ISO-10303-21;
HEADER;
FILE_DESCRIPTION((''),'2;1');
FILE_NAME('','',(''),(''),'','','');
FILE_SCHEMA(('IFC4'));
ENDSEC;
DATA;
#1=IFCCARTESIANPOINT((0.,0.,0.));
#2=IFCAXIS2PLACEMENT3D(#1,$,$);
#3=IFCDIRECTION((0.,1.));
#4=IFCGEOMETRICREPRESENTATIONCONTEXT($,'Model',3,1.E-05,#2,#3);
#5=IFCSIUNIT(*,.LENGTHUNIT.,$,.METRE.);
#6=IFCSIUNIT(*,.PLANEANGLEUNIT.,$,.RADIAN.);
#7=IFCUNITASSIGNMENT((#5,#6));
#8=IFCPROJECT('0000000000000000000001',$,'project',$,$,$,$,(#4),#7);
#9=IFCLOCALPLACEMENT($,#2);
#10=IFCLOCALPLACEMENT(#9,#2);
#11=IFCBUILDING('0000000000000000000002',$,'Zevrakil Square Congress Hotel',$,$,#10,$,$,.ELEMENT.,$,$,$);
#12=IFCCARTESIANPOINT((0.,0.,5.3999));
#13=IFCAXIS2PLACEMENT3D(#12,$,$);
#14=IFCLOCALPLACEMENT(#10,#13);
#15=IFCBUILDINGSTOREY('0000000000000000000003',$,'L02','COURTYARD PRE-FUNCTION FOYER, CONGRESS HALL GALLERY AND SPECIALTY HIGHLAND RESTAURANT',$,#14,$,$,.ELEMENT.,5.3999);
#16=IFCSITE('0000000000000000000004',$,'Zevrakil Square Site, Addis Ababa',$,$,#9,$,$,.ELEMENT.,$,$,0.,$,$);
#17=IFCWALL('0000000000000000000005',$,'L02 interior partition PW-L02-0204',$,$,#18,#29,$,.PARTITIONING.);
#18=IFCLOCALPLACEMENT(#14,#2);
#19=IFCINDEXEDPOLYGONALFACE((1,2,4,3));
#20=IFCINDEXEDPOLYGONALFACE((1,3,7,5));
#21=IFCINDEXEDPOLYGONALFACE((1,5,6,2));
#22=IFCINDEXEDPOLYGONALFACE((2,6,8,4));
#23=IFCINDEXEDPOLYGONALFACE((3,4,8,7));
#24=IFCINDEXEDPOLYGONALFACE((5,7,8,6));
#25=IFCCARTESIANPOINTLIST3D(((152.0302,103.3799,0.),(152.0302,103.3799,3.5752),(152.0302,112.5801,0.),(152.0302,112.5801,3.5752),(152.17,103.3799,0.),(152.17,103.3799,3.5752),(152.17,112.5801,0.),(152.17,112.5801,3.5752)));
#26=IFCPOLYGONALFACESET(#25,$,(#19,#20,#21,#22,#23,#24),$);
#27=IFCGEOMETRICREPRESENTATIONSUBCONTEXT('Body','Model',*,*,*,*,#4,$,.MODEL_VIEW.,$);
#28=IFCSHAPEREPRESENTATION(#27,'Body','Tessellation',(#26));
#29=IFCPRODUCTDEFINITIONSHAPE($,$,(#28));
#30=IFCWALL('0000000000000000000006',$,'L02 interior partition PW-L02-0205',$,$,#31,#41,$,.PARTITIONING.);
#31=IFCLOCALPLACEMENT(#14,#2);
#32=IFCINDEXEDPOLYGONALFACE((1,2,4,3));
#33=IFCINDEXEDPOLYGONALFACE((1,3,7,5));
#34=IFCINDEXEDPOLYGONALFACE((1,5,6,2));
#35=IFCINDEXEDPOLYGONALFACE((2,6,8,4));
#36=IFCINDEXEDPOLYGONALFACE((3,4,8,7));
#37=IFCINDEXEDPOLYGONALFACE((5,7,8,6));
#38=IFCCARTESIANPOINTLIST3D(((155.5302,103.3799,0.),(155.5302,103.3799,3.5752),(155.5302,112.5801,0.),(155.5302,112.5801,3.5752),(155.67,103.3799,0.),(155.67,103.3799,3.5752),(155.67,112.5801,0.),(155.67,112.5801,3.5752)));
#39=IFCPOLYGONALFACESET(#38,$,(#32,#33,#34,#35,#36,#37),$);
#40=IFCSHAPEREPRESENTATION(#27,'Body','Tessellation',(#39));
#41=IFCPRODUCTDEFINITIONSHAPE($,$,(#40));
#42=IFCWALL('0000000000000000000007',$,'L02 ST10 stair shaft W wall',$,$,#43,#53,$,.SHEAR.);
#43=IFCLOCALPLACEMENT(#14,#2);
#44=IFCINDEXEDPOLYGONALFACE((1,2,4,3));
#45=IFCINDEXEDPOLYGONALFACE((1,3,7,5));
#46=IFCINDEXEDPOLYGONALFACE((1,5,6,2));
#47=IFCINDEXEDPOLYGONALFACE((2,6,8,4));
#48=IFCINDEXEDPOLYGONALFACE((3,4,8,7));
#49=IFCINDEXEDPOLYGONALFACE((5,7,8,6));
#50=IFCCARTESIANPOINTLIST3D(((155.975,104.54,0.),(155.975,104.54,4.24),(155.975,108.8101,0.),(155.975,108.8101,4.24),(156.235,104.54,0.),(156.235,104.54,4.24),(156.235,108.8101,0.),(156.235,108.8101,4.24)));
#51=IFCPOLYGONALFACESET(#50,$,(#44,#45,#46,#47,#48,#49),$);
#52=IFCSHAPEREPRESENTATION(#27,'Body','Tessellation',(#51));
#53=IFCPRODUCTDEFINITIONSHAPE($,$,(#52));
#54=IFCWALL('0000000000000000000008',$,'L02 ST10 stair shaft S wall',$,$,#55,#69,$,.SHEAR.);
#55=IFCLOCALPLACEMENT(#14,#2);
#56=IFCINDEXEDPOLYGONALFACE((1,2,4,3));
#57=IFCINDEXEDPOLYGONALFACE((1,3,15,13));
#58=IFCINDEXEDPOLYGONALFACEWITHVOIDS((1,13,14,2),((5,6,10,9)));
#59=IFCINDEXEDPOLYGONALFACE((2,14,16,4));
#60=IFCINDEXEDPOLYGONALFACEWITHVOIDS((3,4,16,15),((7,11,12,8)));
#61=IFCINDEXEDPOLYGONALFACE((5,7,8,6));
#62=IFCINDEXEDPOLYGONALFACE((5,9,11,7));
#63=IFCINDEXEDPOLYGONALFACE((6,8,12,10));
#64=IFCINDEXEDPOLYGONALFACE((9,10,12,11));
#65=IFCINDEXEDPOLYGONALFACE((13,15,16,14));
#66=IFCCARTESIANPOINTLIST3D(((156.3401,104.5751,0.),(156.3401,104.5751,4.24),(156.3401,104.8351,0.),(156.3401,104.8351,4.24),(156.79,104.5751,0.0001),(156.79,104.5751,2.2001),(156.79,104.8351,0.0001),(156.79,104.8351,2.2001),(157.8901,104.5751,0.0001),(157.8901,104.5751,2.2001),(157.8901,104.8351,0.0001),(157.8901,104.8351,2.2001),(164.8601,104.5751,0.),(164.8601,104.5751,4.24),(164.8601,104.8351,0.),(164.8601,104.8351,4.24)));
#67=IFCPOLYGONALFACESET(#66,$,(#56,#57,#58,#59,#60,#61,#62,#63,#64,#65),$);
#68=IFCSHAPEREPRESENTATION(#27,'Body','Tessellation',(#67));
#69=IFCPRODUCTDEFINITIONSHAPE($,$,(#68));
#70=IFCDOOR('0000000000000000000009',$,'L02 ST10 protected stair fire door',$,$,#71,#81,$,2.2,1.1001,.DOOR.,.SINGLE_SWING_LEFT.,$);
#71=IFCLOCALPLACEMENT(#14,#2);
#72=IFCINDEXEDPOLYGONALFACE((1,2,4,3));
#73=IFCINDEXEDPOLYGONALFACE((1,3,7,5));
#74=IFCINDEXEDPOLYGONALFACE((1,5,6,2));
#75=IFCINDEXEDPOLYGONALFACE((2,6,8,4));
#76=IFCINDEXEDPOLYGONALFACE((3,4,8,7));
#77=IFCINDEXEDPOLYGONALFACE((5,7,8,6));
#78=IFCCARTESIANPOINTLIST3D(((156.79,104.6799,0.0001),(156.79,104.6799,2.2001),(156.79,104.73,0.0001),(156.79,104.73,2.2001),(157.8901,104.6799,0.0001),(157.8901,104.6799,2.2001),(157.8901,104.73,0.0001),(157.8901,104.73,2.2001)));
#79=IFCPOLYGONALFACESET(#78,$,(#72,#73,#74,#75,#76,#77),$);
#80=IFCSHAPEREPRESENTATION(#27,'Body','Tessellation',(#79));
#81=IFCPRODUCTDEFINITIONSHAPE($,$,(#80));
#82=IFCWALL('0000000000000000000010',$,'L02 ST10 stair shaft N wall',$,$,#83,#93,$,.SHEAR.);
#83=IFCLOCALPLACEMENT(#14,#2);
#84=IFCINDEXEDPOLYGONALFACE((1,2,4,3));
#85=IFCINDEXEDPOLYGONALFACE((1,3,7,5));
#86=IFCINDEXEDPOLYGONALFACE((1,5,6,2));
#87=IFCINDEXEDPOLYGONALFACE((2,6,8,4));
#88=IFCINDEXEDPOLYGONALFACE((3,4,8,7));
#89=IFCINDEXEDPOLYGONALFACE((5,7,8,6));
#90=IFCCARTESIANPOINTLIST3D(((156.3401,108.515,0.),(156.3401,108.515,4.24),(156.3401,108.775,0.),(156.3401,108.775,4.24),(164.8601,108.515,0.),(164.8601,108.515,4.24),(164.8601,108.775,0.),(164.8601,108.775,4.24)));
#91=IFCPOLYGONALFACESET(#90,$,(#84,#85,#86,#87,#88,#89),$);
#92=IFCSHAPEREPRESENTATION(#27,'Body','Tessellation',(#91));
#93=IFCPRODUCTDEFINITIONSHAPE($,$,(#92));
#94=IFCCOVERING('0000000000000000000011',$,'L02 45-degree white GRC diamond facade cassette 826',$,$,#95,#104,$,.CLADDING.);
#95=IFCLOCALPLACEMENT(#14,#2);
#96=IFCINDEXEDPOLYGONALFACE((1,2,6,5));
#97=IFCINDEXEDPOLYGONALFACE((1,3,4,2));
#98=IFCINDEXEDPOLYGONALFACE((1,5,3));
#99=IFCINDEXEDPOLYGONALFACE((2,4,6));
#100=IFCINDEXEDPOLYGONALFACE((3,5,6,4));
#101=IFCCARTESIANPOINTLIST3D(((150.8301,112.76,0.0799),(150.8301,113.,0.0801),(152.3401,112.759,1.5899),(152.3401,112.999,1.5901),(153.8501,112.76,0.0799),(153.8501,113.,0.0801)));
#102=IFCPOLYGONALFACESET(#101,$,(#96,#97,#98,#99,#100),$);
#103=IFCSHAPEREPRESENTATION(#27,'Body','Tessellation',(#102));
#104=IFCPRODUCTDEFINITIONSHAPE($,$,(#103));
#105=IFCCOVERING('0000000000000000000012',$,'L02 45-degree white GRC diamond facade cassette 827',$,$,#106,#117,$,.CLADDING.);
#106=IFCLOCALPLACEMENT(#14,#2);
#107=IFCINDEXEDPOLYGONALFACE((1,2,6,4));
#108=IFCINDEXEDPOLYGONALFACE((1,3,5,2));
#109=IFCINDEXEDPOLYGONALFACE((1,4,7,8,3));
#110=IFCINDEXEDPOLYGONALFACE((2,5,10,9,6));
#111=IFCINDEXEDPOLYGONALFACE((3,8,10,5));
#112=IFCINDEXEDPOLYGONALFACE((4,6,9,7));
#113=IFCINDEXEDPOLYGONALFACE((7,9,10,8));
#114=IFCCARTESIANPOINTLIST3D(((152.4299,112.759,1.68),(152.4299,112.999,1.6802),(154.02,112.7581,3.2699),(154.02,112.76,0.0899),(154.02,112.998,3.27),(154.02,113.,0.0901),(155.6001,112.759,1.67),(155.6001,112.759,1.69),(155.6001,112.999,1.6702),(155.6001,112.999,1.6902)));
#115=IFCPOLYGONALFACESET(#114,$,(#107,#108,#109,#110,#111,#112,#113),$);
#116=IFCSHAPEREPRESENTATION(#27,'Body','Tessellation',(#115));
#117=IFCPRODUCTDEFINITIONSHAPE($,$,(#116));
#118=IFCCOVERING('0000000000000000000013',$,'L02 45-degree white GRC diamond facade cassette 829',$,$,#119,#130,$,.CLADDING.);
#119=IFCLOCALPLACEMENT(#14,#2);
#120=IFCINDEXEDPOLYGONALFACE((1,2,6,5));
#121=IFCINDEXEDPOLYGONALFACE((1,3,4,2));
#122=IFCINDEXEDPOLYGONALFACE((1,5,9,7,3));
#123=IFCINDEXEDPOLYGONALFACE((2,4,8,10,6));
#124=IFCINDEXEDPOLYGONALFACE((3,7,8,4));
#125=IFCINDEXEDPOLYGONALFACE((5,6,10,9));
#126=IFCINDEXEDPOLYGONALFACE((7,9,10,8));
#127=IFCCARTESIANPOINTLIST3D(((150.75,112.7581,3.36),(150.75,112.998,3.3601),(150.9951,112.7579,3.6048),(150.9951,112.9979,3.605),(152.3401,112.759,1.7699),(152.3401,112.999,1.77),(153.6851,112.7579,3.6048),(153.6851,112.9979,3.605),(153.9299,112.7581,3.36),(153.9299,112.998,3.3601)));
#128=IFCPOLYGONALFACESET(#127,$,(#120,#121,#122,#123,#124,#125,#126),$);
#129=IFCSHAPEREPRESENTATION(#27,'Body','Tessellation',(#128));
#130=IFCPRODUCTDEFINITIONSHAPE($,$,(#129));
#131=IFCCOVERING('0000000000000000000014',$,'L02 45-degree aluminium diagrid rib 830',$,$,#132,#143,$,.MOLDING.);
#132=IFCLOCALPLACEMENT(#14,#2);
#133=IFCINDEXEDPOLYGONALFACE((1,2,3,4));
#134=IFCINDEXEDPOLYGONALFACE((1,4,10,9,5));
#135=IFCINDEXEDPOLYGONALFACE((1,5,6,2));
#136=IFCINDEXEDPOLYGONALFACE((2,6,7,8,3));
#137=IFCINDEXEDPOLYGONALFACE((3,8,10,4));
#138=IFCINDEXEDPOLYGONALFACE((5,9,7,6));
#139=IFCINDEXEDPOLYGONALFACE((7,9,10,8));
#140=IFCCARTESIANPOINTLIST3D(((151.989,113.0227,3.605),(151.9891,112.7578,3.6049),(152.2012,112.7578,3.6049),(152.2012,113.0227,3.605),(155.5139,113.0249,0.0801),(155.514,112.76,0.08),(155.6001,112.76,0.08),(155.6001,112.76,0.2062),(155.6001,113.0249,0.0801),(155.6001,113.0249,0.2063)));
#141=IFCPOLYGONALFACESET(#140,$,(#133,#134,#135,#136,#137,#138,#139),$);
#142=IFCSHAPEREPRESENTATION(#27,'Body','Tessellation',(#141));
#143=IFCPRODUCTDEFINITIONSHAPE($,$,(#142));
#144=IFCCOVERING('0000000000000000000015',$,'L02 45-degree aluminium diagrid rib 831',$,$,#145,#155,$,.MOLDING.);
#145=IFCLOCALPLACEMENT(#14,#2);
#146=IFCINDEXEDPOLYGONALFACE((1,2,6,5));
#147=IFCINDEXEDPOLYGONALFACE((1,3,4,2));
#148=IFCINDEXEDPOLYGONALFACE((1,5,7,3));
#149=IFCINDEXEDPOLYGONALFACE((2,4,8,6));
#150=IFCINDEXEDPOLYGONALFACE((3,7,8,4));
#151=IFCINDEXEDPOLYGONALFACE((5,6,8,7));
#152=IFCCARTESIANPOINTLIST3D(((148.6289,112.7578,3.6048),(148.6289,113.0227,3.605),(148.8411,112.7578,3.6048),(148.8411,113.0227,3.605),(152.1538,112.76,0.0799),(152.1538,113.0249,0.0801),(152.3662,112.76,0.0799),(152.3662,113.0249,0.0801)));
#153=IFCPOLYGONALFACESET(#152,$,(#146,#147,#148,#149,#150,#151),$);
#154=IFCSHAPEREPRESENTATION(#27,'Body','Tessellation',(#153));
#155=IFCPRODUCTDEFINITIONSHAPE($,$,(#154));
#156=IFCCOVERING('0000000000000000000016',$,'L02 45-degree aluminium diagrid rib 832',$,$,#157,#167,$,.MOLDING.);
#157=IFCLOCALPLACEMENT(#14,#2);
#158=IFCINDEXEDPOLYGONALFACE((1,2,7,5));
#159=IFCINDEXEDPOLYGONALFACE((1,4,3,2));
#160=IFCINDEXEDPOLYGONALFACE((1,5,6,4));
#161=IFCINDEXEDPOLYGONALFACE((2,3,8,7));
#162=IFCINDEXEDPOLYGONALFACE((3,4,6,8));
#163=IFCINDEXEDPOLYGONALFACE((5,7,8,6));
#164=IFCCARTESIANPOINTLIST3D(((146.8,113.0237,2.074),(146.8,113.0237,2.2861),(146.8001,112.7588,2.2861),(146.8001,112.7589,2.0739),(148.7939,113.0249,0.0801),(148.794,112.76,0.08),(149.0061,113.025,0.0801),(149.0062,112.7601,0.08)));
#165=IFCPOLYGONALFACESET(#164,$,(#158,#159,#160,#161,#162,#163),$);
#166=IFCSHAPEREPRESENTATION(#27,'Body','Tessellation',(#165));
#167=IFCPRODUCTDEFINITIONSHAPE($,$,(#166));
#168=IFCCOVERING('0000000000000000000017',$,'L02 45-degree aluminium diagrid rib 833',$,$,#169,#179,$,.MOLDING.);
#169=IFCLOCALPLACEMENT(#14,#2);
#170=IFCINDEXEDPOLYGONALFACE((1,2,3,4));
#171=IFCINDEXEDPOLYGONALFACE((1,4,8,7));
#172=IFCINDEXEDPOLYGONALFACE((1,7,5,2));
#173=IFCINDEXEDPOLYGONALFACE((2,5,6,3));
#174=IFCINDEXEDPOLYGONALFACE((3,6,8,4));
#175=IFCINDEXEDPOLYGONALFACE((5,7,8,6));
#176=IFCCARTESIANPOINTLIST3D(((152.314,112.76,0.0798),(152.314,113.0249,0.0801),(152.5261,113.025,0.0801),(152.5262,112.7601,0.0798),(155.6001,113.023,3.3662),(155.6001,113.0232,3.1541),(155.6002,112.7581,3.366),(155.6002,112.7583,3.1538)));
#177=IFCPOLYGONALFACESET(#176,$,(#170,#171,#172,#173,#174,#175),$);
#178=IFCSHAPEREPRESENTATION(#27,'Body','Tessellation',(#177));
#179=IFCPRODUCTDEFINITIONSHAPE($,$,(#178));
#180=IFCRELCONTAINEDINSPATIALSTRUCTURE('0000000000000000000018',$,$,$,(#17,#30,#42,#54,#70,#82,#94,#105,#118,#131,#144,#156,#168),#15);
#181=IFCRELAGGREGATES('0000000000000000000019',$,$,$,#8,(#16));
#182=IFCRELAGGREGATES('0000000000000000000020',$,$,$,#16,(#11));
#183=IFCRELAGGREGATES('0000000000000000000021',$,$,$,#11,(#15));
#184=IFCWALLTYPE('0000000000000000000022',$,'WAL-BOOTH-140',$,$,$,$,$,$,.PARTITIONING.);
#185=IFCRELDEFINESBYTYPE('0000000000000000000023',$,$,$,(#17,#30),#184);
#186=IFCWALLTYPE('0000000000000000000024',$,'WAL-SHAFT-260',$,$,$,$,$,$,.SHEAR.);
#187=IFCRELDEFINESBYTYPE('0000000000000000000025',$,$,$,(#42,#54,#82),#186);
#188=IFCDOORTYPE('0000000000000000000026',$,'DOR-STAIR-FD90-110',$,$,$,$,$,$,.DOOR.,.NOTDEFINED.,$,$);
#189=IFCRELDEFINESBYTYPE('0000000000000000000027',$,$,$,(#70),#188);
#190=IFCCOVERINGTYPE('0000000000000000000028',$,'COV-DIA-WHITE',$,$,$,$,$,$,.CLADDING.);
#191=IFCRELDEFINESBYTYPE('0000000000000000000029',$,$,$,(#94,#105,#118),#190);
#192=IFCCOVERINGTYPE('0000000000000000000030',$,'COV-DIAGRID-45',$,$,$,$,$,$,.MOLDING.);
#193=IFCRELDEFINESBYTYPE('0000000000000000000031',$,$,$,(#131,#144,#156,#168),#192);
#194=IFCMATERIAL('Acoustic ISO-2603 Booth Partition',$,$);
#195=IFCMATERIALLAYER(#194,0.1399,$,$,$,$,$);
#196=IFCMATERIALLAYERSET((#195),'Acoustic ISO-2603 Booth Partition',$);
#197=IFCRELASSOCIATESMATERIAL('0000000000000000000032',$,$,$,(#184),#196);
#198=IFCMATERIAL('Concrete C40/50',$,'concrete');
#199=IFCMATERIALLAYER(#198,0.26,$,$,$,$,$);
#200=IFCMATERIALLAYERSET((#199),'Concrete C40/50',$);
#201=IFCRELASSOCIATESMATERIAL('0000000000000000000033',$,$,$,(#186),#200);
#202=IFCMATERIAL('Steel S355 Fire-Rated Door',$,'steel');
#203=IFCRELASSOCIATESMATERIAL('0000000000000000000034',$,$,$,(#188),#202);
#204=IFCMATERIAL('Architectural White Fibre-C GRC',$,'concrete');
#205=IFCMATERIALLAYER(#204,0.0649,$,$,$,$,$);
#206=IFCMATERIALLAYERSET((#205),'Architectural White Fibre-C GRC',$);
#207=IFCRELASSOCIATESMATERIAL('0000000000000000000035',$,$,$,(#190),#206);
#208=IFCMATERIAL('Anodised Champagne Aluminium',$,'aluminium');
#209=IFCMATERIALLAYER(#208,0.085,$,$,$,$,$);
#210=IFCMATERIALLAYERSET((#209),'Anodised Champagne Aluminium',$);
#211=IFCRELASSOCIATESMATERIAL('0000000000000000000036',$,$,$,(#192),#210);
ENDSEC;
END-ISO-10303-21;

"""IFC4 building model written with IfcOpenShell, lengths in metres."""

from ifc_helpers import new_model, si_unit, direction, frame, frame_2d, origin, place, context, subcontext, project, spatial, polyline, rectangle, outline, extrude, material, layer, layer_set, type_object, element, fill, save


model = new_model("IFC4")

# Units and contexts
model_context = context("Model", 3, precision=1e-05, world=origin(), true_north=direction((0.0, 1.0)))
body_context = subcontext(model_context, "Body", "Model", "MODEL_VIEW")
ifc_project = project(units=[si_unit("LENGTHUNIT", "METRE"), si_unit("PLANEANGLEUNIT", "RADIAN")], contexts=[model_context])

# Site, building, storey
site_placement = place(None, origin())
site = spatial("IfcSite", under=ifc_project, at=site_placement, Name="Zevrakil Square Site, Addis Ababa", CompositionType="ELEMENT", RefElevation=0.0)
building_placement = place(site_placement, origin())
building = spatial("IfcBuilding", under=site, at=building_placement, Name="Zevrakil Square Congress Hotel", CompositionType="ELEMENT")
storey_placement = place(building_placement, frame((0.0, 0.0, 5.3999)))
storey = spatial("IfcBuildingStorey", under=building, at=storey_placement, Name="L02", Description="COURTYARD PRE-FUNCTION FOYER, CONGRESS HALL GALLERY AND SPECIALTY HIGHLAND RESTAURANT", CompositionType="ELEMENT", Elevation=5.3999)

# Shared definitions
ifc_material_1 = material(Name="Acoustic ISO-2603 Booth Partition")
ifc_layer_1 = layer(ifc_material_1, 0.1399)
ifc_layer_set_1 = layer_set([ifc_layer_1], Name="Acoustic ISO-2603 Booth Partition")
wall_type_1 = type_object("IfcWallType", Name="WAL-BOOTH-140", PredefinedType="PARTITIONING", material=ifc_layer_set_1)

# Walls
for number, where, z_axis, x_axis, name in (
    (1, (152.1001, 103.3799, 0.0), (0.0, 0.0, 1.0), (0.0, 1.0, 0.0), "L02 interior partition PW-L02-0204"),
    (2, (155.6001, 103.3799, 0.0), (0.0, 0.0, 1.0), (0.0, 1.0, 0.0), "L02 interior partition PW-L02-0205"),
):
    element("IfcWall", number, at=place(storey_placement, frame(where, z_axis=z_axis, x_axis=x_axis)), inside=storey, type_object=wall_type_1, Name=name, PredefinedType="PARTITIONING", context=body_context, shape_type="SweptSolid", body=[
        extrude(rectangle(XDim=9.2002, YDim=0.1399, at=frame_2d((4.6001, 0.0))), origin(), (0.0, 0.0, 1.0), 3.5752),
    ])
ifc_material_2 = material(Name="Concrete C40/50", Category="concrete")
ifc_layer_2 = layer(ifc_material_2, 0.26)
ifc_layer_set_2 = layer_set([ifc_layer_2], Name="Concrete C40/50")
wall_type_2 = type_object("IfcWallType", Name="WAL-SHAFT-260", PredefinedType="SHEAR", material=ifc_layer_set_2)
wall_1_placement = place(storey_placement, frame((156.105, 104.54, 0.0), z_axis=(0.0, 0.0, 1.0), x_axis=(0.0, 1.0, 0.0)))
element("IfcWall", 3, at=wall_1_placement, inside=storey, type_object=wall_type_2, Name="L02 ST10 stair shaft W wall", PredefinedType="SHEAR", context=body_context, shape_type="SweptSolid", body=[
    extrude(rectangle(XDim=4.27, YDim=0.26, at=frame_2d((2.135, 0.0))), origin(), (0.0, 0.0, 1.0), 4.24),
])

# Wall, opening, door
wall_2_placement = place(storey_placement, frame((156.3401, 104.7051, 0.0), z_axis=(0.0, 0.0, 1.0), x_axis=(1.0, 0.0, 0.0)))
wall_2 = element("IfcWall", 4, at=wall_2_placement, inside=storey, type_object=wall_type_2, Name="L02 ST10 stair shaft S wall", PredefinedType="SHEAR", context=body_context, shape_type="SweptSolid", body=[
    extrude(rectangle(XDim=8.52, YDim=0.26, at=frame_2d((4.26, 0.0))), origin(), (0.0, 0.0, 1.0), 4.24),
])
opening_1_placement = place(wall_2_placement, frame((0.45, 0.0, 0.0)))
opening_1 = element("IfcOpeningElement", 5, at=opening_1_placement, cuts=wall_2, PredefinedType="OPENING", context=body_context, shape_type="SweptSolid", body=[
    extrude(rectangle(XDim=1.1001, YDim=2.2, at=frame_2d((0.55, 1.1001))), frame((0.0, 0.1401, 0.0), z_axis=(0.0, -1.0, 0.0), x_axis=(1.0, 0.0, 0.0)), (0.0, 0.0, 1.0), 0.28),
])
ifc_material_3 = material(Name="Steel S355 Fire-Rated Door", Category="steel")
door_type_1 = type_object("IfcDoorType", Name="DOR-STAIR-FD90-110", OperationType="NOTDEFINED", PredefinedType="DOOR", material=ifc_material_3)
door_1_placement = place(opening_1_placement, origin())
door_1 = element("IfcDoor", 6, at=door_1_placement, inside=storey, type_object=door_type_1, Name="L02 ST10 protected stair fire door", OperationType="SINGLE_SWING_LEFT", OverallHeight=2.2, OverallWidth=1.1001, PredefinedType="DOOR", context=body_context, shape_type="SweptSolid", body=[
    extrude(rectangle(XDim=1.1001, YDim=2.2, at=frame_2d((0.55, 1.1001))), frame((0.0, 0.0249, 0.0), z_axis=(0.0, -1.0, 0.0), x_axis=(1.0, 0.0, 0.0)), (0.0, 0.0, 1.0), 0.05),
])
fill(opening_1, door_1)

# Wall
wall_3_placement = place(storey_placement, frame((156.3401, 108.645, 0.0), z_axis=(0.0, 0.0, 1.0), x_axis=(1.0, 0.0, 0.0)))
element("IfcWall", 7, at=wall_3_placement, inside=storey, type_object=wall_type_2, Name="L02 ST10 stair shaft N wall", PredefinedType="SHEAR", context=body_context, shape_type="SweptSolid", body=[
    extrude(rectangle(XDim=8.52, YDim=0.26, at=frame_2d((4.26, 0.0))), origin(), (0.0, 0.0, 1.0), 4.24),
])

# Coverings
ifc_material_4 = material(Name="Architectural White Fibre-C GRC", Category="concrete")
ifc_layer_3 = layer(ifc_material_4, 0.0649)
ifc_layer_set_3 = layer_set([ifc_layer_3], Name="Architectural White Fibre-C GRC")
covering_type_1 = type_object("IfcCoveringType", Name="COV-DIA-WHITE", PredefinedType="CLADDING", material=ifc_layer_set_3)
covering_1_placement = place(storey_placement, frame((152.3401, 112.999, 1.5901), z_axis=(0.0, 1.0, 0.000647), x_axis=(-0.707107, 0.000457, -0.707107)))
element("IfcCovering", 8, at=covering_1_placement, inside=storey, type_object=covering_type_1, Name="L02 45-degree white GRC diamond facade cassette 826", PredefinedType="CLADDING", context=body_context, shape_type="SweptSolid", body=[
    extrude(outline(polyline([(0.0, 0.0), (2.1355, 0.0), (0.0, -2.1355), (0.0, 0.0)])), origin(), (0.0, 0.0, -1.0), 0.24),
])
covering_2_placement = place(storey_placement, frame((154.02, 112.998, 3.27), z_axis=(0.0, 1.0, 0.000612), x_axis=(-0.707161, 0.000433, -0.707052)))
element("IfcCovering", 9, at=covering_2_placement, inside=storey, type_object=covering_type_1, Name="L02 45-degree white GRC diamond facade cassette 827", PredefinedType="CLADDING", context=body_context, shape_type="SweptSolid", body=[
    extrude(outline(polyline([(0.0, 0.0), (2.2486, 0.0), (2.2484, -2.2487), (0.0138, -2.2486), (-0.0003, -2.2344), (0.0, 0.0)])), origin(), (0.0, 0.0, -1.0), 0.24),
])
covering_3_placement = place(storey_placement, frame((150.75, 112.998, 3.3601), z_axis=(0.0, 1.0, 0.000579), x_axis=(0.707107, 0.00041, -0.707107)))
element("IfcCovering", 10, at=covering_3_placement, inside=storey, type_object=covering_type_1, Name="L02 45-degree white GRC diamond facade cassette 829", PredefinedType="CLADDING", context=body_context, shape_type="SweptSolid", body=[
    extrude(outline(polyline([(0.0, 0.0), (2.2487, 0.0), (2.2486, -2.2486), (1.9022, -2.2486), (0.0002, -0.3465), (0.0, 0.0)])), origin(), (0.0, 0.0, -1.0), 0.24),
])
ifc_material_5 = material(Name="Anodised Champagne Aluminium", Category="aluminium")
ifc_layer_4 = layer(ifc_material_5, 0.085)
ifc_layer_set_4 = layer_set([ifc_layer_4], Name="Anodised Champagne Aluminium")
covering_type_2 = type_object("IfcCoveringType", Name="COV-DIAGRID-45", PredefinedType="MOLDING", material=ifc_layer_set_4)
covering_4_placement = place(storey_placement, frame((155.5139, 113.0249, 0.0801), z_axis=(-0.000187, 1.0, 0.000443), x_axis=(1.0, 0.000187, 0.0)))
element("IfcCovering", 11, at=covering_4_placement, inside=storey, type_object=covering_type_2, Name="L02 45-degree aluminium diagrid rib 830", PredefinedType="MOLDING", context=body_context, shape_type="SweptSolid", body=[
    extrude(outline(polyline([(0.0, 0.0), (0.0862, 0.0), (0.0862, -0.1262), (-3.3127, -3.5249), (-3.5249, -3.5249), (0.0, 0.0)])), origin(), (0.0, 0.0, -1.0), 0.2649),
])
covering_5_placement = place(storey_placement, frame((152.1538, 113.0249, 0.0801), z_axis=(0.0, 1.0, 0.000623), x_axis=(1.0, 0.0, 0.0)))
element("IfcCovering", 12, at=covering_5_placement, inside=storey, type_object=covering_type_2, Name="L02 45-degree aluminium diagrid rib 831", PredefinedType="MOLDING", context=body_context, shape_type="SweptSolid", body=[
    extrude(outline(polyline([(0.0, 0.0), (0.2124, 0.0), (-3.3127, -3.5249), (-3.5249, -3.5249), (0.0, 0.0)])), origin(), (0.0, 0.0, -1.0), 0.2649),
])
covering_6_placement = place(storey_placement, frame((148.7939, 113.0249, 0.0801), z_axis=(-0.000291, 1.0, 0.000291), x_axis=(1.0, 0.000291, 0.0)))
element("IfcCovering", 13, at=covering_6_placement, inside=storey, type_object=covering_type_2, Name="L02 45-degree aluminium diagrid rib 832", PredefinedType="MOLDING", context=body_context, shape_type="SweptSolid", body=[
    extrude(outline(polyline([(0.0, 0.0), (0.2122, 0.0), (-1.9939, -2.2061), (-1.9939, -1.9939), (0.0, 0.0)])), origin(), (0.0, 0.0, -1.0), 0.2649),
])
covering_7_placement = place(storey_placement, frame((155.6001, 113.0232, 3.1541), z_axis=(-0.000287, 1.0, 0.000863), x_axis=(0.0, -0.000863, 1.0)))
element("IfcCovering", 14, at=covering_7_placement, inside=storey, type_object=covering_type_2, Name="L02 45-degree aluminium diagrid rib 833", PredefinedType="MOLDING", context=body_context, shape_type="SweptSolid", body=[
    extrude(outline(polyline([(0.0, 0.0), (0.2122, 0.0), (-3.074, -3.2861), (-3.074, -3.074), (0.0, 0.0)])), origin(), (0.0, 0.0, -1.0), 0.2649),
])

save(model, "model.ifc")
